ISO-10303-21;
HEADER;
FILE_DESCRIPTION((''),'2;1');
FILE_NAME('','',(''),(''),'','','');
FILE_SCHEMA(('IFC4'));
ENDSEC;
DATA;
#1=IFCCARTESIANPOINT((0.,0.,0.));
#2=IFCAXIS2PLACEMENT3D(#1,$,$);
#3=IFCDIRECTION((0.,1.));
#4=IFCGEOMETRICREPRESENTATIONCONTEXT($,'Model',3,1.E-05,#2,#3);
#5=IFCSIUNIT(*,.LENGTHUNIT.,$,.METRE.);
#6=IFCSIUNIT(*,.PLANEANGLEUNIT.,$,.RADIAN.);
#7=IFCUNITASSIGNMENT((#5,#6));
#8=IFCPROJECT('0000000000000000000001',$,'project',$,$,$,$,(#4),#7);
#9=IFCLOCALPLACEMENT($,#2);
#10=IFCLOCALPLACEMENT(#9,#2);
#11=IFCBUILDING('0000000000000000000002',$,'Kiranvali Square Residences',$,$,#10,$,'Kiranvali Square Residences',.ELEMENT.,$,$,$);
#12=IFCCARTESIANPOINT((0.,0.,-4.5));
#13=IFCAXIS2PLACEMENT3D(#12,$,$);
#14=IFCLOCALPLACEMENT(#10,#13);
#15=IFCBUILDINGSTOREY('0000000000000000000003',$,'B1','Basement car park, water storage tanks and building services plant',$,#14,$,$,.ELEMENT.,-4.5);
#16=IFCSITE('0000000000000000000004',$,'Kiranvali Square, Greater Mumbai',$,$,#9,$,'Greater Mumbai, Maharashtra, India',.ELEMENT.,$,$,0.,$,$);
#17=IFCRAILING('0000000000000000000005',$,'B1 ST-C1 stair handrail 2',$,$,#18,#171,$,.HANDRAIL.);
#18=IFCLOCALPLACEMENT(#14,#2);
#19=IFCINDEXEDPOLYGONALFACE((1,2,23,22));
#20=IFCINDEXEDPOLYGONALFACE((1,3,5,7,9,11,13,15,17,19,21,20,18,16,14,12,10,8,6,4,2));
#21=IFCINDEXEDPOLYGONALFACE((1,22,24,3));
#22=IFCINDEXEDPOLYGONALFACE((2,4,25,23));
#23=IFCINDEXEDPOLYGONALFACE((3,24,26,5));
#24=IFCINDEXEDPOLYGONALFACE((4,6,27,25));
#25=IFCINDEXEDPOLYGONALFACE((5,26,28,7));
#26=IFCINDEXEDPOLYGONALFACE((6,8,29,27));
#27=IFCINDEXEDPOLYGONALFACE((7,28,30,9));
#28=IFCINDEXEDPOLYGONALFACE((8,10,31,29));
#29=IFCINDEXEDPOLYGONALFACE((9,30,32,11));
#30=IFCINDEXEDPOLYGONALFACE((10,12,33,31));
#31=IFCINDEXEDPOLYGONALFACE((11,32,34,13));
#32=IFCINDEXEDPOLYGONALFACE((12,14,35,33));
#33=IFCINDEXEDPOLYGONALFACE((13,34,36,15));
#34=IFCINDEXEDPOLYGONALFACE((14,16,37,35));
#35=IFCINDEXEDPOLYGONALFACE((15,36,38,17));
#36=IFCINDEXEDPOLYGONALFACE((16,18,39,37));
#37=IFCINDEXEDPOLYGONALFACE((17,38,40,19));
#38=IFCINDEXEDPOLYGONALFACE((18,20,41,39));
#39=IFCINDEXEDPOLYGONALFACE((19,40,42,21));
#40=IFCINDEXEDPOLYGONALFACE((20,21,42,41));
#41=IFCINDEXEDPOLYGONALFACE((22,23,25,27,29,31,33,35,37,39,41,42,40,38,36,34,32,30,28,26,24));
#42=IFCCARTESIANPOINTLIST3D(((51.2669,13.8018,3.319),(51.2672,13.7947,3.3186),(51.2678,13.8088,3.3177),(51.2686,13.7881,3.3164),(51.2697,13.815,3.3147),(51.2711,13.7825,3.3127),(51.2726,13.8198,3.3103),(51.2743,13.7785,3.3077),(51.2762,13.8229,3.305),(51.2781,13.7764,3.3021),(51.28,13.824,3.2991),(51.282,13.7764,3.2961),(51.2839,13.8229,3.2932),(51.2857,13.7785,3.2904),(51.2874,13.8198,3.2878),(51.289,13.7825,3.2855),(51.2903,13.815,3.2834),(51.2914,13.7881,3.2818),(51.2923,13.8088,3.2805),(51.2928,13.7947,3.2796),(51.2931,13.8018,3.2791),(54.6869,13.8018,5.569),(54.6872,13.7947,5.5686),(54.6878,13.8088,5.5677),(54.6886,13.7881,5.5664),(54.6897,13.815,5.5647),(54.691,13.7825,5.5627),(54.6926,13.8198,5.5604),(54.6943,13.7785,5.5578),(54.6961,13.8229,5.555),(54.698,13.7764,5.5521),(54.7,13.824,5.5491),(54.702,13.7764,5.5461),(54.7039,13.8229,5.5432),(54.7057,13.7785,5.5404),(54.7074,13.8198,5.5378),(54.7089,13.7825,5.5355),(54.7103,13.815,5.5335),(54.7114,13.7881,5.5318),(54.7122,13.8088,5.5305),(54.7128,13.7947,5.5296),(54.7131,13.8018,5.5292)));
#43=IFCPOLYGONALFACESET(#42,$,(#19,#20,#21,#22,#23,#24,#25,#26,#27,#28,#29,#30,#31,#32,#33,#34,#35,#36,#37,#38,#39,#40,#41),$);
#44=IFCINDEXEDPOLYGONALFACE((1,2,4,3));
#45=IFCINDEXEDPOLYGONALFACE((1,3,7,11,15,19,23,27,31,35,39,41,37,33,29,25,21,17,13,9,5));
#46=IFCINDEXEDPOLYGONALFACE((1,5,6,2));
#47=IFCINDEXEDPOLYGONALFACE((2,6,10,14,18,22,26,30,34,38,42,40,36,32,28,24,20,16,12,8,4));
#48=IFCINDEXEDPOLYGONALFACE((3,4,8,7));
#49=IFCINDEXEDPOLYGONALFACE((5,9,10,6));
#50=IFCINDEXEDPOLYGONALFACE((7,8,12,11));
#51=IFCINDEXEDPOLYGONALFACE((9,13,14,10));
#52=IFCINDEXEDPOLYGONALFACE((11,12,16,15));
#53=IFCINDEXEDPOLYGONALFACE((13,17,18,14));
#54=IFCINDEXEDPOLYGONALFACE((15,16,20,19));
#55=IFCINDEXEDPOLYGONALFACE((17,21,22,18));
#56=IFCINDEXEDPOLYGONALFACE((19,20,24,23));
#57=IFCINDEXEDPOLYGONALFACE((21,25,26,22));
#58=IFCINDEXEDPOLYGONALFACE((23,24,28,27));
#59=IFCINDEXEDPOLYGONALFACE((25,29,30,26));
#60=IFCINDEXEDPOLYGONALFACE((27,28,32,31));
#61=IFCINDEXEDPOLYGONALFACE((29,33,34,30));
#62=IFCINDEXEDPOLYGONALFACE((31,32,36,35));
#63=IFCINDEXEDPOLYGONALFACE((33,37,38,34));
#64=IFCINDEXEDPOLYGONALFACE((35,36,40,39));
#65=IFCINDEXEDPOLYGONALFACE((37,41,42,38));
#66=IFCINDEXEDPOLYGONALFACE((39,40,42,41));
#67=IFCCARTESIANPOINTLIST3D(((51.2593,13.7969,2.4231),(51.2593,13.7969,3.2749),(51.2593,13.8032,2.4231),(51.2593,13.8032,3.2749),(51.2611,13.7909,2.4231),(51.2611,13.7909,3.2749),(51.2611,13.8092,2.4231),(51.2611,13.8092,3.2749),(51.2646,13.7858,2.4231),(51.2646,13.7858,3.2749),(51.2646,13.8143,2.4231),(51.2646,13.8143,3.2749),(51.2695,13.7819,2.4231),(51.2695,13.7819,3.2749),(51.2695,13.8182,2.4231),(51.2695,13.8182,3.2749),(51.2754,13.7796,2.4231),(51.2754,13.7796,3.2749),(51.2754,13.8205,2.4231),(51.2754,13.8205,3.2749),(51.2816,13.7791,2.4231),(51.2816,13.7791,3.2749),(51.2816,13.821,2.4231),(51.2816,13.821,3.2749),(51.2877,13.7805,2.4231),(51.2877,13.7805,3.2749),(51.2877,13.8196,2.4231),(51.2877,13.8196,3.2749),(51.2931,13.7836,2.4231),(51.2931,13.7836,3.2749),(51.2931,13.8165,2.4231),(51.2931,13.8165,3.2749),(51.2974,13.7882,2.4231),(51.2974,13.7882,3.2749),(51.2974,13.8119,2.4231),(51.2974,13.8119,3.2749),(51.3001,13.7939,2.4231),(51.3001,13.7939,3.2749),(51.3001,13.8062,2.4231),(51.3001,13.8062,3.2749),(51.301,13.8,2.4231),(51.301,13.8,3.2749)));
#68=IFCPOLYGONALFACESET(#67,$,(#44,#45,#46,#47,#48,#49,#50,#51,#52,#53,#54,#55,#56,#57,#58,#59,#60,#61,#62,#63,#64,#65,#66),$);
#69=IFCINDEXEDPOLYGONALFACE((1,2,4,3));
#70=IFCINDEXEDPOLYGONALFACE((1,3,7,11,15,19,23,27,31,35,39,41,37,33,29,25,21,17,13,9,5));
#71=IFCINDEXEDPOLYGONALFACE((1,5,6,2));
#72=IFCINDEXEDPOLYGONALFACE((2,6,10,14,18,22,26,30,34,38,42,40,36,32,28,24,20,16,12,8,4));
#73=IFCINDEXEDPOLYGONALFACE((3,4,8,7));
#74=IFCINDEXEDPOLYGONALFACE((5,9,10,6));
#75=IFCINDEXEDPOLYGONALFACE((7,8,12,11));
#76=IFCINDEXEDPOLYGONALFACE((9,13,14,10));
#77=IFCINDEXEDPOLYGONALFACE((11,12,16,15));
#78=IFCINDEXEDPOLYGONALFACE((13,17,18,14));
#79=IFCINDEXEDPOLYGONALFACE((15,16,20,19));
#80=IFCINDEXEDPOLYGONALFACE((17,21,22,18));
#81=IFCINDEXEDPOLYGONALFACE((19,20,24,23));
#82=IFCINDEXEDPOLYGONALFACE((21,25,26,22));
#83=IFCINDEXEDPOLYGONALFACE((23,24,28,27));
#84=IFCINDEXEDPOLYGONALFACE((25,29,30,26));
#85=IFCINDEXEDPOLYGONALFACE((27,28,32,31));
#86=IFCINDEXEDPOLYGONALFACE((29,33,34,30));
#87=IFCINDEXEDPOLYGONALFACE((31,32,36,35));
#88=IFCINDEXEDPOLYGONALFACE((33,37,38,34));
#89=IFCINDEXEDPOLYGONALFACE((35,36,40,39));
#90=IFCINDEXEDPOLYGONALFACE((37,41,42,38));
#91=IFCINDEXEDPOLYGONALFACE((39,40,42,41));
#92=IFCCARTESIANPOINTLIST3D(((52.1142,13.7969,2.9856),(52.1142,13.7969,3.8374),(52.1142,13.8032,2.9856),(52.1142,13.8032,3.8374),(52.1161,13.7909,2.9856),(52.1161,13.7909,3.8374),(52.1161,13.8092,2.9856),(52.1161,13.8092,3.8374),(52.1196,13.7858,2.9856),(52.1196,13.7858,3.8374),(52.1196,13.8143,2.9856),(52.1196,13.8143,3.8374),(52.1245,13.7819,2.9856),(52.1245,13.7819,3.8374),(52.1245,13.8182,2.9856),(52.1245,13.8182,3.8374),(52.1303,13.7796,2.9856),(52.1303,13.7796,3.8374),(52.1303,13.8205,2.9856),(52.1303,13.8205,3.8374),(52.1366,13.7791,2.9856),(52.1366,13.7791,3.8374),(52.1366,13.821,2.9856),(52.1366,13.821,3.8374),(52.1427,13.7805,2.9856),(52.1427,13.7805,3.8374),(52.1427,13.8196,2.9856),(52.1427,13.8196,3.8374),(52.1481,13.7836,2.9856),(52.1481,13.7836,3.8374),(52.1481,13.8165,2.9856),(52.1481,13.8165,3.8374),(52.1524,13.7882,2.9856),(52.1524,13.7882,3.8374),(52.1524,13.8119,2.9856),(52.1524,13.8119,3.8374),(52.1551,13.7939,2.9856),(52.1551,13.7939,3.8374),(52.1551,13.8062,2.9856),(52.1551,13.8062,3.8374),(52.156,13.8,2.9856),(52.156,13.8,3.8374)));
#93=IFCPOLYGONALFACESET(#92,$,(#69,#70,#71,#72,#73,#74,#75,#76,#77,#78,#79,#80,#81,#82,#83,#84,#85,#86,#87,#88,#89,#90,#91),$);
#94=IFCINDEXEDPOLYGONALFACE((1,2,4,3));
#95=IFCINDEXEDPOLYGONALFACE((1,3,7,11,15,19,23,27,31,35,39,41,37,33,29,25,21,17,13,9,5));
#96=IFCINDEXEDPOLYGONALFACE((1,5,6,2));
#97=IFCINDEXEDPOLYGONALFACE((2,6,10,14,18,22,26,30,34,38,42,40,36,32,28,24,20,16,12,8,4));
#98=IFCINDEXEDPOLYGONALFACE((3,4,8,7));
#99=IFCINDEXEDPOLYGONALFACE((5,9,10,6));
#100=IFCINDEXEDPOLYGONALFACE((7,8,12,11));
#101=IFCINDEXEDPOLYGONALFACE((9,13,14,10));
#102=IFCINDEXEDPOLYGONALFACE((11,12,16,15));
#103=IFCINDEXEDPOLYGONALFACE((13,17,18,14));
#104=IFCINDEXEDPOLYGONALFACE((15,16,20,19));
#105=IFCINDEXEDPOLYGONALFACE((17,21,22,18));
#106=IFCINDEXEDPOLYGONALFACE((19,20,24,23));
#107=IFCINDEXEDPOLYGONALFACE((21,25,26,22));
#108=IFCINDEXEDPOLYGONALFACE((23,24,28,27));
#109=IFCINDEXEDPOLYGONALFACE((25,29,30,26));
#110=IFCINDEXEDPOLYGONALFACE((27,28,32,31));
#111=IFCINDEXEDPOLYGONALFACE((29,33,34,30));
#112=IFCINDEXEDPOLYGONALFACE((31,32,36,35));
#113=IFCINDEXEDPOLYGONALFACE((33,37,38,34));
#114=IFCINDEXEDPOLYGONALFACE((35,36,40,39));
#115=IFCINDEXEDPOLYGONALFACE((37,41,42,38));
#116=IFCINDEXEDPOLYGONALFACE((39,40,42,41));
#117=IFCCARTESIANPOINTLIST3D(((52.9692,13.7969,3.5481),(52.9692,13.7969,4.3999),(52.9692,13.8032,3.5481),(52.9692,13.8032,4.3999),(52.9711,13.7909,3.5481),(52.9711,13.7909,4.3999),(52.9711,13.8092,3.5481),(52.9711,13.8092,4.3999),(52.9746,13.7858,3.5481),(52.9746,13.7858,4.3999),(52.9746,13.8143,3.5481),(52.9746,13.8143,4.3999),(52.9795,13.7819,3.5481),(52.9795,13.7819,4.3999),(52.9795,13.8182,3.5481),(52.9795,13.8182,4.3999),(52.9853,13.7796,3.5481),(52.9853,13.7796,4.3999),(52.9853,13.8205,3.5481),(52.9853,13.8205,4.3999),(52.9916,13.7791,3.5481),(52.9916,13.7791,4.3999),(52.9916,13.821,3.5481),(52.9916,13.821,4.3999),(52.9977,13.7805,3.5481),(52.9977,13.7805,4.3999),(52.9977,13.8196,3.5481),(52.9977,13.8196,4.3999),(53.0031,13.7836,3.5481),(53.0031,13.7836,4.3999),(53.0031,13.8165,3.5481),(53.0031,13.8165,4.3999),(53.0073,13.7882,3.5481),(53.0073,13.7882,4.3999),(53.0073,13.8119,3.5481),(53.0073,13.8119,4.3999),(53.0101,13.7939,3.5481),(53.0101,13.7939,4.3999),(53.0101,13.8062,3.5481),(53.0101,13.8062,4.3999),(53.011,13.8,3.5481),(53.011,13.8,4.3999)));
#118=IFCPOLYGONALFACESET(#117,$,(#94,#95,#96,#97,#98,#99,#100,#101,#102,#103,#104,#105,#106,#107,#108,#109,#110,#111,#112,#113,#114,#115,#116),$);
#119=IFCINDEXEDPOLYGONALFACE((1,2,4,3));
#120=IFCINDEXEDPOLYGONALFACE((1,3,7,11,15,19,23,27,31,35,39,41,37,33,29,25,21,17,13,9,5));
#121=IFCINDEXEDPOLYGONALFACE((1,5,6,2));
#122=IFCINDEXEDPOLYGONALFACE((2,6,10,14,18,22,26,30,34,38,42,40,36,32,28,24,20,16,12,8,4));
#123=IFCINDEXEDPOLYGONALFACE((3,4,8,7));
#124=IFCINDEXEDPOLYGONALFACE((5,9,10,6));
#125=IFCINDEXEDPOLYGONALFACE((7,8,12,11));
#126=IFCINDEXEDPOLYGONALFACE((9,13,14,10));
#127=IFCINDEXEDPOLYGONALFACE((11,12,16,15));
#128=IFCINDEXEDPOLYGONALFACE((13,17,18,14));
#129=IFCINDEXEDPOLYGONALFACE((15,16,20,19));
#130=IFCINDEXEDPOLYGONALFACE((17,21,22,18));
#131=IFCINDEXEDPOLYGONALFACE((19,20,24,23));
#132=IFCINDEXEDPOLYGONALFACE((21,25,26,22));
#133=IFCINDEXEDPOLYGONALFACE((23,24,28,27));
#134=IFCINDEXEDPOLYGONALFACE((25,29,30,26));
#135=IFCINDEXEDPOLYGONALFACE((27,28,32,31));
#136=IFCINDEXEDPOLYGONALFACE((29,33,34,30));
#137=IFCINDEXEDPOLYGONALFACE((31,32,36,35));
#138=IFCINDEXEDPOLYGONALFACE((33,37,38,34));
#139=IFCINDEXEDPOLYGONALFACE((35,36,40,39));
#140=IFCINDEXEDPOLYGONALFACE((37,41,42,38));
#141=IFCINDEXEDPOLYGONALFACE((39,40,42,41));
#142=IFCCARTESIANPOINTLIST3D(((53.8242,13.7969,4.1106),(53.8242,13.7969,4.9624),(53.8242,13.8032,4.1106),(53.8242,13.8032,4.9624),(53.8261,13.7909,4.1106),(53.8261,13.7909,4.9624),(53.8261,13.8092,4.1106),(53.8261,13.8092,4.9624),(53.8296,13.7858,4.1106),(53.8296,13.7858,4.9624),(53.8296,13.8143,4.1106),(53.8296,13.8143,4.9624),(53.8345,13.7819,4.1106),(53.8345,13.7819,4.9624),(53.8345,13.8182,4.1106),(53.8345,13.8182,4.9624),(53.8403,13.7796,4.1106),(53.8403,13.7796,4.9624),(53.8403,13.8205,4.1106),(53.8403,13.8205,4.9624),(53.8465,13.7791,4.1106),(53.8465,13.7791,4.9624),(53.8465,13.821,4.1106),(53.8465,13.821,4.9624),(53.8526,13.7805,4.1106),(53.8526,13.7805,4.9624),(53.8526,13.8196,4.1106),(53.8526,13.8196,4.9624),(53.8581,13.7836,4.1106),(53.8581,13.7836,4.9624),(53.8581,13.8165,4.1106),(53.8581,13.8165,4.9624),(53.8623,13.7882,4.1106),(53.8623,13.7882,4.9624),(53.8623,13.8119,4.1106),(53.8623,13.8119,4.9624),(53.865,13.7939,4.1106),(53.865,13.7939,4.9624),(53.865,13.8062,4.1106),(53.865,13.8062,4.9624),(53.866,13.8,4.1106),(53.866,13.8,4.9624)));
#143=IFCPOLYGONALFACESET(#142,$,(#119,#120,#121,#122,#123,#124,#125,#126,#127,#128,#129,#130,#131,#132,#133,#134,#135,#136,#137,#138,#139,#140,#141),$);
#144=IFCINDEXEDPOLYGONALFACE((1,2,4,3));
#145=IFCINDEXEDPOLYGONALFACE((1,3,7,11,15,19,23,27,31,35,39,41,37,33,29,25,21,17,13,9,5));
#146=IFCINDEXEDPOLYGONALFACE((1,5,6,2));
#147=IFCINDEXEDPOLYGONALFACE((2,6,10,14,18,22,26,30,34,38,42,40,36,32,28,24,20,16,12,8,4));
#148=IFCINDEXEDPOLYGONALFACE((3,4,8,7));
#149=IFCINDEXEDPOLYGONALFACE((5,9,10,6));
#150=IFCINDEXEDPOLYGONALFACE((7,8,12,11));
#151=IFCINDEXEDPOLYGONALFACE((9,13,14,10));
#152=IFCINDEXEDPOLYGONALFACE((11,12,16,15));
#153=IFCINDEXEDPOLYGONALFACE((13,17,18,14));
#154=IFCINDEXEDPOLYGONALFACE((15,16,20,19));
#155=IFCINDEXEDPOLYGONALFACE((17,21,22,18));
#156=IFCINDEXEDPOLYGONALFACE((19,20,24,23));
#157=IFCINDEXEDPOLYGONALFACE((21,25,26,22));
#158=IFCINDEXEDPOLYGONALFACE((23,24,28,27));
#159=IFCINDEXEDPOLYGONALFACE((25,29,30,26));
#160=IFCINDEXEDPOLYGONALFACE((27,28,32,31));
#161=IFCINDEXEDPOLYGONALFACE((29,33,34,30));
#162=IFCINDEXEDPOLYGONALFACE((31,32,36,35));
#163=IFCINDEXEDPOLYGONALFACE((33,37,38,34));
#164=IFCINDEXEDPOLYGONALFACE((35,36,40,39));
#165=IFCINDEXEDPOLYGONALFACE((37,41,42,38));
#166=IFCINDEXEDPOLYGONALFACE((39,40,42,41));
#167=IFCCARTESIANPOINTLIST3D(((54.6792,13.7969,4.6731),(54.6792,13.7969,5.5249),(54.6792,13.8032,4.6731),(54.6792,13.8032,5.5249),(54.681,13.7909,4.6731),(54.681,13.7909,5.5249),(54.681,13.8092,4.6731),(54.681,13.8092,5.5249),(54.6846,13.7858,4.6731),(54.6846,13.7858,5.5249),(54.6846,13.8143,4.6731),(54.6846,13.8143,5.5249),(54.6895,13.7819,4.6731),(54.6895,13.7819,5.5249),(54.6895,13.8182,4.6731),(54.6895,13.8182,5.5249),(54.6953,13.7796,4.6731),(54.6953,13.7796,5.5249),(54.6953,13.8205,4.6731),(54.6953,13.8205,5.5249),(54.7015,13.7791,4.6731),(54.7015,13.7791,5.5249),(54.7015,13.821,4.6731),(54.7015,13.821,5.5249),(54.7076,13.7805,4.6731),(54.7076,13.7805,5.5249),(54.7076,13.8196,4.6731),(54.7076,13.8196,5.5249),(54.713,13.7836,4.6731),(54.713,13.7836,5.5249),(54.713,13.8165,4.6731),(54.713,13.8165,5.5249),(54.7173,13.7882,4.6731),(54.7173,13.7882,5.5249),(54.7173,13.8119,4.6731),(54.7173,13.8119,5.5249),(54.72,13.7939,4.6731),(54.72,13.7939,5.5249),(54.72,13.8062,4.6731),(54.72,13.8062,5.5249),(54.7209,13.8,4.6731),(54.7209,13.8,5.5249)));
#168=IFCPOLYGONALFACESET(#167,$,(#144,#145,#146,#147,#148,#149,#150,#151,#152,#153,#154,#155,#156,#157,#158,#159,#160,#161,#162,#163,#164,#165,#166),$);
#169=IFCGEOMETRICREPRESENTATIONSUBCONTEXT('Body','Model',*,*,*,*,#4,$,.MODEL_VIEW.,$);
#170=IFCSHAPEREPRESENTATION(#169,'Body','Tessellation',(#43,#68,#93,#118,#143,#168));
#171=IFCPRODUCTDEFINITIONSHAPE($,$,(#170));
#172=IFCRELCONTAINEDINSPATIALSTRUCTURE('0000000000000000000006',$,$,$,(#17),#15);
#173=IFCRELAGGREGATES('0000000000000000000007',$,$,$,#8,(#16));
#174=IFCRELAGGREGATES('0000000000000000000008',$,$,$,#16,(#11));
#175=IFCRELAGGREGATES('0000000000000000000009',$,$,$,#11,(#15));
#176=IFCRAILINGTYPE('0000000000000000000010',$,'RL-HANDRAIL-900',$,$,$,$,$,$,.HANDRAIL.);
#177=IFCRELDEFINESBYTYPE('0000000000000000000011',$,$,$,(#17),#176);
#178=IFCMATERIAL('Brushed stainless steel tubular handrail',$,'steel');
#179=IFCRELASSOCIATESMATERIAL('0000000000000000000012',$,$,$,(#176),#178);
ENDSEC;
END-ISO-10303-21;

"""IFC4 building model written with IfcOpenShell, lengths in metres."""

from ifc_helpers import new_model, si_unit, direction, frame, origin, origin_2d, place, context, subcontext, project, spatial, circle, extrude, material, type_object, element, save


model = new_model("IFC4")

# Units and contexts
model_context = context("Model", 3, precision=1e-05, world=origin(), true_north=direction((0.0, 1.0)))
body_context = subcontext(model_context, "Body", "Model", "MODEL_VIEW")
ifc_project = project(units=[si_unit("LENGTHUNIT", "METRE"), si_unit("PLANEANGLEUNIT", "RADIAN")], contexts=[model_context])

# Site, building, storey
site_placement = place(None, origin())
site = spatial("IfcSite", under=ifc_project, at=site_placement, Name="Kiranvali Square, Greater Mumbai", LongName="Greater Mumbai, Maharashtra, India", CompositionType="ELEMENT", RefElevation=0.0)
building_placement = place(site_placement, origin())
building = spatial("IfcBuilding", under=site, at=building_placement, Name="Kiranvali Square Residences", LongName="Kiranvali Square Residences", CompositionType="ELEMENT")
storey_placement = place(building_placement, frame((0.0, 0.0, -4.5)))
storey = spatial("IfcBuildingStorey", under=building, at=storey_placement, Name="B1", Description="Basement car park, water storage tanks and building services plant", CompositionType="ELEMENT", Elevation=-4.5)

# Railing
ifc_material_1 = material(Name="Brushed stainless steel tubular handrail", Category="steel")
railing_type_1 = type_object("IfcRailingType", Name="RL-HANDRAIL-900", PredefinedType="HANDRAIL", material=ifc_material_1)
railing_1_placement = place(storey_placement, frame((51.28, 13.8, 2.4231)))
element("IfcRailing", 1, at=railing_1_placement, inside=storey, type_object=railing_type_1, Name="B1 ST-C1 stair handrail 2", PredefinedType="HANDRAIL", context=body_context, shape_type="SweptSolid", body=[
    extrude(circle(Radius=0.0239, at=origin_2d()), frame((0.0, 0.0, 0.876), z_axis=(0.835411, 0.0, 0.549625), x_axis=(0.0, 1.0, 0.0)), (0.0, 0.0, 1.0), 4.0938),
    extrude(circle(Radius=0.021, at=origin_2d()), origin(), (0.0, 0.0, 1.0), 0.8518),
    extrude(circle(Radius=0.021, at=origin_2d()), frame((0.855, 0.0, 0.5625)), (0.0, 0.0, 1.0), 0.8518),
    extrude(circle(Radius=0.021, at=origin_2d()), frame((1.71, 0.0, 1.125)), (0.0, 0.0, 1.0), 0.8518),
    extrude(circle(Radius=0.021, at=origin_2d()), frame((2.5649, 0.0, 1.6875)), (0.0, 0.0, 1.0), 0.8518),
    extrude(circle(Radius=0.021, at=origin_2d()), frame((3.4199, 0.0, 2.25)), (0.0, 0.0, 1.0), 0.8518),
])

save(model, "model.ifc")
